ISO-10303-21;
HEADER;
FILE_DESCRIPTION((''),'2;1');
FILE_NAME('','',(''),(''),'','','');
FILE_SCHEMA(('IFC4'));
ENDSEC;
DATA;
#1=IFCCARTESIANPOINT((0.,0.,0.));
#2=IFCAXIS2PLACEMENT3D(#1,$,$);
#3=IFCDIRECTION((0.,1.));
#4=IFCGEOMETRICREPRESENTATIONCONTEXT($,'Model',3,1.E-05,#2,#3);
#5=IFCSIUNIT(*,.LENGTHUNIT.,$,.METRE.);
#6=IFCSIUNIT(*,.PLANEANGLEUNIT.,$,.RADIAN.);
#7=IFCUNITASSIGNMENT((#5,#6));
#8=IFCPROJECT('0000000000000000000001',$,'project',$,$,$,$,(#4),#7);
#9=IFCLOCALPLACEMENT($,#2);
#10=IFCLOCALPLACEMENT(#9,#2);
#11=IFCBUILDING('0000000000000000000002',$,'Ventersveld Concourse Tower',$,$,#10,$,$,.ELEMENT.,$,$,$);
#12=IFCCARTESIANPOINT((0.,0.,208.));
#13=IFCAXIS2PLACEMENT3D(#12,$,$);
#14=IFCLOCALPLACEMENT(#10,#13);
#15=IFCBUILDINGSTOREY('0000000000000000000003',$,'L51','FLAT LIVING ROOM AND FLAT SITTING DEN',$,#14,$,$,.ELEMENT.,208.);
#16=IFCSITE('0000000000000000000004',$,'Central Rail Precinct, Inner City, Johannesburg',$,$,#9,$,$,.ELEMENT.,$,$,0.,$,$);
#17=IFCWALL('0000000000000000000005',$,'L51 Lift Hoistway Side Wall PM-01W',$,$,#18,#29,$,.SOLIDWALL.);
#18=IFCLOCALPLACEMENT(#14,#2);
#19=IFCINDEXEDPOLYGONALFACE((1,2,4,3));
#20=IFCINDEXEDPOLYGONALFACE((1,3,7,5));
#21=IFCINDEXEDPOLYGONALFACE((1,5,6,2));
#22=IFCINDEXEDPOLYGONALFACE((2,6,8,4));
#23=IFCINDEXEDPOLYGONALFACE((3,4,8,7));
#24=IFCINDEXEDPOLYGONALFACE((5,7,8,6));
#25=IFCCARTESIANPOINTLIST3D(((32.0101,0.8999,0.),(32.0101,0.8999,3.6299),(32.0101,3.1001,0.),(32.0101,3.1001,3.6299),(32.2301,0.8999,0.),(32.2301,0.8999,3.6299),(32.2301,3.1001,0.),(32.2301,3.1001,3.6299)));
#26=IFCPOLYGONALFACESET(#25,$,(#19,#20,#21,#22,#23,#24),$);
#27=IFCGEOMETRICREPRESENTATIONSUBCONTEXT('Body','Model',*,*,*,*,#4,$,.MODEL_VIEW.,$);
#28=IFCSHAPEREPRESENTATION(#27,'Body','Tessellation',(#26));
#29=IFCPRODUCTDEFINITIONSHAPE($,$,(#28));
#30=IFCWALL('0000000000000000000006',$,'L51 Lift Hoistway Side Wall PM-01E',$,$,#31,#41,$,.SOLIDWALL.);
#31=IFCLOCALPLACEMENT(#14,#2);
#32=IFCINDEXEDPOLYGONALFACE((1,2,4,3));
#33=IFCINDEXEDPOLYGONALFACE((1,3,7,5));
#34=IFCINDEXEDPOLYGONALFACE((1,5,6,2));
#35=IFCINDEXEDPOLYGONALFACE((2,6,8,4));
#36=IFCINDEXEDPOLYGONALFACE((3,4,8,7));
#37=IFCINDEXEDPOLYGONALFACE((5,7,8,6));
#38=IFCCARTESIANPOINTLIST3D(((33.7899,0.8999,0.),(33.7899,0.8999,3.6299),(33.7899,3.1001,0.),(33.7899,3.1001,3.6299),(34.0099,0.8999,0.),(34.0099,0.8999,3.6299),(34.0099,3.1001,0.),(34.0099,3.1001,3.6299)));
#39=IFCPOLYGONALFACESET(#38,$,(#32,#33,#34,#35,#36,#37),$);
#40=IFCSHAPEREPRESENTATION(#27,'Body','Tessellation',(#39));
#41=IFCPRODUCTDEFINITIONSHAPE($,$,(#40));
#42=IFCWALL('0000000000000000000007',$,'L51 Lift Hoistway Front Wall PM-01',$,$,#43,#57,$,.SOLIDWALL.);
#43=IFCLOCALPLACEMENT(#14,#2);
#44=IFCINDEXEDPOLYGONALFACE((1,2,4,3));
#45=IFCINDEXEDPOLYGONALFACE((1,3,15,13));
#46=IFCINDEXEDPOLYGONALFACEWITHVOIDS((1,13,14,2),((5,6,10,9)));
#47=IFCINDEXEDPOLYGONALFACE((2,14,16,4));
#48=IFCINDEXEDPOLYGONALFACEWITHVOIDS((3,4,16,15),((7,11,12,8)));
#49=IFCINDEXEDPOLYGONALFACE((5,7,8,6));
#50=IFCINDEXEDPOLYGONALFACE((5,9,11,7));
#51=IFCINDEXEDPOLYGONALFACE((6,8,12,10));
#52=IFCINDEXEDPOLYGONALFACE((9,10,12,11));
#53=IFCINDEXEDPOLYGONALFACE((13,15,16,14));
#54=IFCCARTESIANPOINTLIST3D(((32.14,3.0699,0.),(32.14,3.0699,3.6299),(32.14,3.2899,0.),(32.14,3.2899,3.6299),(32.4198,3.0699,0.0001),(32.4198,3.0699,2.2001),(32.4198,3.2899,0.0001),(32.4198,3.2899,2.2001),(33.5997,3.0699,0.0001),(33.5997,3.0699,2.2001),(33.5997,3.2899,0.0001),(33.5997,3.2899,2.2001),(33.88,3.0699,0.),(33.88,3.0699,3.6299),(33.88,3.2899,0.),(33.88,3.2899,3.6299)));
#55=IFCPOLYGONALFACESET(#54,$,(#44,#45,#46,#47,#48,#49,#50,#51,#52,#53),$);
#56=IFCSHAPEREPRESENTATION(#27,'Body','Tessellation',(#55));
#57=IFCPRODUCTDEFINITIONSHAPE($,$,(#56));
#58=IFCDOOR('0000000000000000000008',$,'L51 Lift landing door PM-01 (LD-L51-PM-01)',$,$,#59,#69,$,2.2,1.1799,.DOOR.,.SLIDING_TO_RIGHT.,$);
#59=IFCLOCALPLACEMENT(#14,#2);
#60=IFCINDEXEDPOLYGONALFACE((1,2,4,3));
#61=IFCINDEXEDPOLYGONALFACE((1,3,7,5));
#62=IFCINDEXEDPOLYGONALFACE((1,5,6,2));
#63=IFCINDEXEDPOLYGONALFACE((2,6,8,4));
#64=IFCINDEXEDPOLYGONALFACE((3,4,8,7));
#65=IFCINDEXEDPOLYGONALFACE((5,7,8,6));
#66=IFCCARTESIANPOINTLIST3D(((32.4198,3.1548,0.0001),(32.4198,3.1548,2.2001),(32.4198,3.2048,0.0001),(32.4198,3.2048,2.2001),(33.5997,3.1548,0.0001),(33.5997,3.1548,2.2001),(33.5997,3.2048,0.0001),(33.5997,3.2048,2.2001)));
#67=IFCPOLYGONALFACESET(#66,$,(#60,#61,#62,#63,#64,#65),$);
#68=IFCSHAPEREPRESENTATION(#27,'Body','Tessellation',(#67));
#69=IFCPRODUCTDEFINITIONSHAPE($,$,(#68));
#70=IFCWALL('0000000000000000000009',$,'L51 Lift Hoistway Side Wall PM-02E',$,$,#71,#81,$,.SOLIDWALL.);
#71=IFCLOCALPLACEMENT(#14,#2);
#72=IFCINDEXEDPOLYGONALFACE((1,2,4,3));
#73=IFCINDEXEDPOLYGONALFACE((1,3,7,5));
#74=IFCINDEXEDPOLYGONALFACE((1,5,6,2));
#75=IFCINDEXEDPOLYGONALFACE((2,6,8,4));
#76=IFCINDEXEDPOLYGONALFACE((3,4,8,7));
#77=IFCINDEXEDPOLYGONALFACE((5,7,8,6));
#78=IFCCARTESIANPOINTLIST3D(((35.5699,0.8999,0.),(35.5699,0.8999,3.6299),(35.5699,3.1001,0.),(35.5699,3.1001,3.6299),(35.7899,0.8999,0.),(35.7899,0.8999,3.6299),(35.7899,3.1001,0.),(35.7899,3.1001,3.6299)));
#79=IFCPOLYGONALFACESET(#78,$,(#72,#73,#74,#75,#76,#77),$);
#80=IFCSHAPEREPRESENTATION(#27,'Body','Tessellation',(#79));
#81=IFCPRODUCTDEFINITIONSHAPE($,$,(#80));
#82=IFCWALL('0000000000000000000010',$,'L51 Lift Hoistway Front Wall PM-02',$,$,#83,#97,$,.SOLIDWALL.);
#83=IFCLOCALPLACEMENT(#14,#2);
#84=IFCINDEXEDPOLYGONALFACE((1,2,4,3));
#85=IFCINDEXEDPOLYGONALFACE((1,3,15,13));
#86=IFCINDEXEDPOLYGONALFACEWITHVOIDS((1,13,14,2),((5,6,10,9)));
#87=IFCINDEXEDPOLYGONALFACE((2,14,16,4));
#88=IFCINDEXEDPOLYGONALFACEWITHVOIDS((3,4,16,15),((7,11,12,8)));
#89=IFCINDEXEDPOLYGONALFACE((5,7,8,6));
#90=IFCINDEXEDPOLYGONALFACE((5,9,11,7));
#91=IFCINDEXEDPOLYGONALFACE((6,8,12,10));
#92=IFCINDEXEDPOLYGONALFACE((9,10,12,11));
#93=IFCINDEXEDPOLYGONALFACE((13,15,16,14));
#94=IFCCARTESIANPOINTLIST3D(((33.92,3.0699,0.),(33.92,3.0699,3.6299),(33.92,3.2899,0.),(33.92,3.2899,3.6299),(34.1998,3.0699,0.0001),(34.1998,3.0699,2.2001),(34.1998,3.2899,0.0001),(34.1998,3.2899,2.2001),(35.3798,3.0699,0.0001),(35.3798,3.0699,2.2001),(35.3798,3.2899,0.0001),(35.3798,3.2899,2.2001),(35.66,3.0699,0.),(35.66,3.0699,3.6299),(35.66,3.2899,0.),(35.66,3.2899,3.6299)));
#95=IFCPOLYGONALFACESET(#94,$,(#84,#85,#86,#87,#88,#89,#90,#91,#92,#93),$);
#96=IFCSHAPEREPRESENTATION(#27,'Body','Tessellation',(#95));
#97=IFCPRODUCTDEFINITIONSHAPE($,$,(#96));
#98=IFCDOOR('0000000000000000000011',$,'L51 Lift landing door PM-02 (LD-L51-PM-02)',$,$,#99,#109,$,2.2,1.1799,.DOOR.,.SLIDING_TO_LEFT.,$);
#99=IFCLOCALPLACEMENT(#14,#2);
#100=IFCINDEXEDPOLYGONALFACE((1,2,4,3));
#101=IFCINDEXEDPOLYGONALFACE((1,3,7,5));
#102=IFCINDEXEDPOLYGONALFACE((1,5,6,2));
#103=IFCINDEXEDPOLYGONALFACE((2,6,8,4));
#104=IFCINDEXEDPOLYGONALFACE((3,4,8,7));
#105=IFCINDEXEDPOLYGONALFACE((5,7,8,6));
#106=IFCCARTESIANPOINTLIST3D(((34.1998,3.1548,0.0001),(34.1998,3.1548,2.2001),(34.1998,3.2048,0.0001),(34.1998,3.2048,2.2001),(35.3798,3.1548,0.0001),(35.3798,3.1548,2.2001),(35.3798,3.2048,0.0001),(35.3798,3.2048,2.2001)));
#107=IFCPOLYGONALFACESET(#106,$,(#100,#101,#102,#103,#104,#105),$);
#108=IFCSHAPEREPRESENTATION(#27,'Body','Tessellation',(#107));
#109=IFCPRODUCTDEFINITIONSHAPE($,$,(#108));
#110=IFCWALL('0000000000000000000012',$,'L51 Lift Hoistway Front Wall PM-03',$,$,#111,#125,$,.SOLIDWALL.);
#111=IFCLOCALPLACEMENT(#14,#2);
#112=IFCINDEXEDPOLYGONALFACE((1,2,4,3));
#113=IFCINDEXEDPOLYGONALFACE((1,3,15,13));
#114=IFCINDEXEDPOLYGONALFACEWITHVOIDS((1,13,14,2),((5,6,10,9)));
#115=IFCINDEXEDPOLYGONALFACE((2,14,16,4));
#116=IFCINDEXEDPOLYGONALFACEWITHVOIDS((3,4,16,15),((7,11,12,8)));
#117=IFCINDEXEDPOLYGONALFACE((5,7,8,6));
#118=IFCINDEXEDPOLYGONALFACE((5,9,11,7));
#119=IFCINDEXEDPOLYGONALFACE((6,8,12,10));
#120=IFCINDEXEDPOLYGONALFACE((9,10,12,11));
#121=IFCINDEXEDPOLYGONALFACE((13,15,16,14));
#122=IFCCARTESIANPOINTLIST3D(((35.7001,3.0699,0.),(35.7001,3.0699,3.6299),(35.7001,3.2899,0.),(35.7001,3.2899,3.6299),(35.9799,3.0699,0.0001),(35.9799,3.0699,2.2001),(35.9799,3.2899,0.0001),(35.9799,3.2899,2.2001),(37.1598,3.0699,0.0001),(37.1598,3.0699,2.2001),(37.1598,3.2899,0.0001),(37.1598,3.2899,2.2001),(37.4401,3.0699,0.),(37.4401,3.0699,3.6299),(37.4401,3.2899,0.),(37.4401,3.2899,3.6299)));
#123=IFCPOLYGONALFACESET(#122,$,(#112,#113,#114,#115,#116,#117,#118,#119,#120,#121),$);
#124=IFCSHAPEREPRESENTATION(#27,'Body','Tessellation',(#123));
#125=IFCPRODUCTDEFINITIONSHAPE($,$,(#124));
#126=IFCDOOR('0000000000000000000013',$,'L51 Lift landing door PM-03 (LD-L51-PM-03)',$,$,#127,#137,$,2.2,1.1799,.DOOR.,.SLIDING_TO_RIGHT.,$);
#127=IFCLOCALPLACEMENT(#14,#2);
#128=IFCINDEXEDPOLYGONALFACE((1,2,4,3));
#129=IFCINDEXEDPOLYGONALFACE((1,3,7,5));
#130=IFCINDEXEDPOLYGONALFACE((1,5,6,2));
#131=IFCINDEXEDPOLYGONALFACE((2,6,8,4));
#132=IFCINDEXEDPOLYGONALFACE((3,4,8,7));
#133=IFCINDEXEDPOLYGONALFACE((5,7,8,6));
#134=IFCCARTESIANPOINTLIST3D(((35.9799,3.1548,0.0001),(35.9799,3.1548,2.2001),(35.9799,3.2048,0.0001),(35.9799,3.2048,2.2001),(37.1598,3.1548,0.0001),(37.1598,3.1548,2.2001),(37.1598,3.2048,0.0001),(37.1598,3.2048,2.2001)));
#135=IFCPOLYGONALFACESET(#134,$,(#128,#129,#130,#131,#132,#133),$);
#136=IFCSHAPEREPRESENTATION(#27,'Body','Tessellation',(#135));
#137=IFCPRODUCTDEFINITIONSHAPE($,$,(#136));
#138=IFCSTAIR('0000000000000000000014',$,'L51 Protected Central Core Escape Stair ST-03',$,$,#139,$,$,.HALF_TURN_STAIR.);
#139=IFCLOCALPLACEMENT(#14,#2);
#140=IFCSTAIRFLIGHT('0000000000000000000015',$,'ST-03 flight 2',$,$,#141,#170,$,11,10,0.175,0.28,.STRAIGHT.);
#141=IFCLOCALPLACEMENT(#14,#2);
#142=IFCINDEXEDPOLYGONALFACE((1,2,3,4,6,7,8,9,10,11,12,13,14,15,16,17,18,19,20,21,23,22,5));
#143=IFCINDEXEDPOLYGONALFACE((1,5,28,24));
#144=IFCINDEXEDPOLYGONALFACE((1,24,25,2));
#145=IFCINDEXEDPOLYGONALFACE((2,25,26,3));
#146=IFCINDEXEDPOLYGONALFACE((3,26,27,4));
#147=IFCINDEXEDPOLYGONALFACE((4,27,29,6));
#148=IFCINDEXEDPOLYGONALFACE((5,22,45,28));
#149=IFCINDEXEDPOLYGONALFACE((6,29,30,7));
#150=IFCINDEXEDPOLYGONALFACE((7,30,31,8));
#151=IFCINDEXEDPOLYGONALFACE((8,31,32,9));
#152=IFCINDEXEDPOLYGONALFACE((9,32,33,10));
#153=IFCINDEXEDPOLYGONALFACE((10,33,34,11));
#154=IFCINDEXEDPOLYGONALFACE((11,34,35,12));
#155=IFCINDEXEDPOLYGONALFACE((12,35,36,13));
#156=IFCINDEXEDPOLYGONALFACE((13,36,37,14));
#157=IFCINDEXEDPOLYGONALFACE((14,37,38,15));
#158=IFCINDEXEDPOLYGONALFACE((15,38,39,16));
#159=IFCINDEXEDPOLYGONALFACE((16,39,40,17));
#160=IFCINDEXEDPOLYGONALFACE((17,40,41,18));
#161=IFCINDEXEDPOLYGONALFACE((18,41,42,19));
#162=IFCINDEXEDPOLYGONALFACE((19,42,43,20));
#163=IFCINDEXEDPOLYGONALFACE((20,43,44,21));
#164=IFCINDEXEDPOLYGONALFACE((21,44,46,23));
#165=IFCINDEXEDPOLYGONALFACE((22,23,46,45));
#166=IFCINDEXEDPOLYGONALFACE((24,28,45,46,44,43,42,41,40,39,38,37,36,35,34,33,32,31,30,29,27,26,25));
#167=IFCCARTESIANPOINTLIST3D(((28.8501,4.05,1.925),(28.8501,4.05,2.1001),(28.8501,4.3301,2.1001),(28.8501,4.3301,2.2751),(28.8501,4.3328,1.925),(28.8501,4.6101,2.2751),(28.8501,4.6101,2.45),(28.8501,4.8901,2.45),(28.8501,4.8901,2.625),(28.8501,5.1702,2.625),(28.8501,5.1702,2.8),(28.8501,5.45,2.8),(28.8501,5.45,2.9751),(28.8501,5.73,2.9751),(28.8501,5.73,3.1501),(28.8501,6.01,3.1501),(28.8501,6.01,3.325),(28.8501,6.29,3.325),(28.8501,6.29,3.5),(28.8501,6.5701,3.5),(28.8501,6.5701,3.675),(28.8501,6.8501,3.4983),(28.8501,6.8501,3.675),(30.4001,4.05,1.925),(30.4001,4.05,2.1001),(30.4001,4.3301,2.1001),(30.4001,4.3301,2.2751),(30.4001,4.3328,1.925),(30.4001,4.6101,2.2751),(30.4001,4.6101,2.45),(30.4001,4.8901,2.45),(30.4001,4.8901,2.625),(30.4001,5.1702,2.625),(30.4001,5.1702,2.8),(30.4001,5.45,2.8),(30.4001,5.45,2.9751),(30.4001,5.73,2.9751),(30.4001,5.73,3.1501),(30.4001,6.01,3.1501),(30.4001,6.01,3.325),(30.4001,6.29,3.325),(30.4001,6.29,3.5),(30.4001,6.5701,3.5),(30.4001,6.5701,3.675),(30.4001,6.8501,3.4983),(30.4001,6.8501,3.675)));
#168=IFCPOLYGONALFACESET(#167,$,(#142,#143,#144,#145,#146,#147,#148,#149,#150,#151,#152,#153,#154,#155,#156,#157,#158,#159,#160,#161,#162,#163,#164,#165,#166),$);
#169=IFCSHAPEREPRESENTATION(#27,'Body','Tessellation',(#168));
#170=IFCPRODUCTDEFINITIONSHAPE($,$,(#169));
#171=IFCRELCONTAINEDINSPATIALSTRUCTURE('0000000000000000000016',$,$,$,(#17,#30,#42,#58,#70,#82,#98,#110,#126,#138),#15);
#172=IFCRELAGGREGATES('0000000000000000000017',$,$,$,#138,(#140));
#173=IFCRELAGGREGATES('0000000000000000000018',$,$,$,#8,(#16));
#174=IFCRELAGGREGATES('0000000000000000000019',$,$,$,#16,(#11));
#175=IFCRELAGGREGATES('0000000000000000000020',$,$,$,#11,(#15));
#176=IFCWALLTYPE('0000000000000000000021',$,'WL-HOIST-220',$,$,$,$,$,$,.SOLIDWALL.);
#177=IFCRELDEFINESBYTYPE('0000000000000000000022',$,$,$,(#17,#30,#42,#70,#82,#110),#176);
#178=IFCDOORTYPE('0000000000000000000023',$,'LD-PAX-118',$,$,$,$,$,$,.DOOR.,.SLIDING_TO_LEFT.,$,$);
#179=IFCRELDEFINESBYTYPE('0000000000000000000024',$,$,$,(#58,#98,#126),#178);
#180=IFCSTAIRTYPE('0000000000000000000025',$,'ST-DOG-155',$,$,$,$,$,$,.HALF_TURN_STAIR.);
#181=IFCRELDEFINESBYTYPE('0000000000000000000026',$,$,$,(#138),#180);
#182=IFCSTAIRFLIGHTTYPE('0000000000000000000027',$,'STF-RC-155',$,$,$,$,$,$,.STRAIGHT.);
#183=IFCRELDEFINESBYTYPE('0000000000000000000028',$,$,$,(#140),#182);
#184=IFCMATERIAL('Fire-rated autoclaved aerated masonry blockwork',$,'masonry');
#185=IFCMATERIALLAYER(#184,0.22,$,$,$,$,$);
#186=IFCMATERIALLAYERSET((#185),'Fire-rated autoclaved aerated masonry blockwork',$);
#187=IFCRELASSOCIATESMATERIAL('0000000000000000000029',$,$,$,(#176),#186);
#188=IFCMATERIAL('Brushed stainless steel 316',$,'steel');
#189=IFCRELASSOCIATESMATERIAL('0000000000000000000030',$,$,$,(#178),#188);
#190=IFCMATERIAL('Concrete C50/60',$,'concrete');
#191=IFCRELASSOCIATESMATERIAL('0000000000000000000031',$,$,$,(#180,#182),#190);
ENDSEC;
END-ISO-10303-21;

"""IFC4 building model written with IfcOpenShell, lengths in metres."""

from ifc_helpers import new_model, si_unit, direction, frame, frame_2d, origin, place, context, subcontext, project, spatial, polyline, rectangle, outline, extrude, material, layer, layer_set, type_object, element, fill, aggregate, save


model = new_model("IFC4")

# Units and contexts
model_context = context("Model", 3, precision=1e-05, world=origin(), true_north=direction((0.0, 1.0)))
body_context = subcontext(model_context, "Body", "Model", "MODEL_VIEW")
ifc_project = project(units=[si_unit("LENGTHUNIT", "METRE"), si_unit("PLANEANGLEUNIT", "RADIAN")], contexts=[model_context])

# Site, building, storey
site_placement = place(None, origin())
site = spatial("IfcSite", under=ifc_project, at=site_placement, Name="Central Rail Precinct, Inner City, Johannesburg", CompositionType="ELEMENT", RefElevation=0.0)
building_placement = place(site_placement, origin())
building = spatial("IfcBuilding", under=site, at=building_placement, Name="Ventersveld Concourse Tower", CompositionType="ELEMENT")
storey_placement = place(building_placement, frame((0.0, 0.0, 208.0)))
storey = spatial("IfcBuildingStorey", under=building, at=storey_placement, Name="L51", Description="FLAT LIVING ROOM AND FLAT SITTING DEN", CompositionType="ELEMENT", Elevation=208.0)

# Shared definitions
ifc_material_1 = material(Name="Concrete C50/60", Category="concrete")

# Walls
ifc_material_2 = material(Name="Fire-rated autoclaved aerated masonry blockwork", Category="masonry")
ifc_layer_1 = layer(ifc_material_2, 0.22)
ifc_layer_set_1 = layer_set([ifc_layer_1], Name="Fire-rated autoclaved aerated masonry blockwork")
wall_type_1 = type_object("IfcWallType", Name="WL-HOIST-220", PredefinedType="SOLIDWALL", material=ifc_layer_set_1)
for number, where, z_axis, x_axis, name in (
    (1, (32.1201, 0.8999, 0.0), (0.0, 0.0, 1.0), (0.0, 1.0, 0.0), "L51 Lift Hoistway Side Wall PM-01W"),
    (2, (33.8999, 0.8999, 0.0), (0.0, 0.0, 1.0), (0.0, 1.0, 0.0), "L51 Lift Hoistway Side Wall PM-01E"),
):
    element("IfcWall", number, at=place(storey_placement, frame(where, z_axis=z_axis, x_axis=x_axis)), inside=storey, type_object=wall_type_1, Name=name, PredefinedType="SOLIDWALL", context=body_context, shape_type="SweptSolid", body=[
        extrude(rectangle(XDim=2.2002, YDim=0.22, at=frame_2d((1.1001, 0.0))), origin(), (0.0, 0.0, 1.0), 3.6299),
    ])

# Wall, opening, door
wall_1_placement = place(storey_placement, frame((32.1399, 3.1799, 0.0), z_axis=(0.0, 0.0, 1.0), x_axis=(1.0, 0.0, 0.0)))
wall_1 = element("IfcWall", 3, at=wall_1_placement, inside=storey, type_object=wall_type_1, Name="L51 Lift Hoistway Front Wall PM-01", PredefinedType="SOLIDWALL", context=body_context, shape_type="SweptSolid", body=[
    extrude(rectangle(XDim=1.74, YDim=0.22, at=frame_2d((0.8701, 0.0))), origin(), (0.0, 0.0, 1.0), 3.6299),
])
opening_1_placement = place(wall_1_placement, frame((0.28, 0.0, 0.0)))
opening_1 = element("IfcOpeningElement", 4, at=opening_1_placement, cuts=wall_1, PredefinedType="OPENING", context=body_context, shape_type="SweptSolid", body=[
    extrude(rectangle(XDim=1.1799, YDim=2.2, at=frame_2d((0.5898, 1.1001))), frame((0.0, 0.1201, 0.0), z_axis=(0.0, -1.0, 0.0), x_axis=(1.0, 0.0, 0.0)), (0.0, 0.0, 1.0), 0.24),
])
ifc_material_3 = material(Name="Brushed stainless steel 316", Category="steel")
door_type = type_object("IfcDoorType", Name="LD-PAX-118", OperationType="SLIDING_TO_LEFT", PredefinedType="DOOR", material=ifc_material_3)
door_1_placement = place(opening_1_placement, origin())
door_1 = element("IfcDoor", 5, at=door_1_placement, inside=storey, type_object=door_type, Name="L51 Lift landing door PM-01 (LD-L51-PM-01)", OperationType="SLIDING_TO_RIGHT", OverallHeight=2.2, OverallWidth=1.1799, PredefinedType="DOOR", context=body_context, shape_type="SweptSolid", body=[
    extrude(rectangle(XDim=1.1799, YDim=2.2, at=frame_2d((0.5898, 1.1001))), frame((0.0, 0.0249, 0.0), z_axis=(0.0, -1.0, 0.0), x_axis=(1.0, 0.0, 0.0)), (0.0, 0.0, 1.0), 0.05),
])
fill(opening_1, door_1)

# Wall
wall_2_placement = place(storey_placement, frame((35.6799, 0.8999, 0.0), z_axis=(0.0, 0.0, 1.0), x_axis=(0.0, 1.0, 0.0)))
element("IfcWall", 6, at=wall_2_placement, inside=storey, type_object=wall_type_1, Name="L51 Lift Hoistway Side Wall PM-02E", PredefinedType="SOLIDWALL", context=body_context, shape_type="SweptSolid", body=[
    extrude(rectangle(XDim=2.2002, YDim=0.22, at=frame_2d((1.1001, 0.0))), origin(), (0.0, 0.0, 1.0), 3.6299),
])

# Walls, openings, doors
wall_3_placement = place(storey_placement, frame((33.9199, 3.1799, 0.0), z_axis=(0.0, 0.0, 1.0), x_axis=(1.0, 0.0, 0.0)))
wall_3 = element("IfcWall", 7, at=wall_3_placement, inside=storey, type_object=wall_type_1, Name="L51 Lift Hoistway Front Wall PM-02", PredefinedType="SOLIDWALL", context=body_context, shape_type="SweptSolid", body=[
    extrude(rectangle(XDim=1.74, YDim=0.22, at=frame_2d((0.8701, 0.0))), origin(), (0.0, 0.0, 1.0), 3.6299),
])
opening_2_placement = place(wall_3_placement, frame((0.28, 0.0, 0.0)))
opening_2 = element("IfcOpeningElement", 8, at=opening_2_placement, cuts=wall_3, PredefinedType="OPENING", context=body_context, shape_type="SweptSolid", body=[
    extrude(rectangle(XDim=1.1799, YDim=2.2, at=frame_2d((0.5898, 1.1001))), frame((0.0, 0.1201, 0.0), z_axis=(0.0, -1.0, 0.0), x_axis=(1.0, 0.0, 0.0)), (0.0, 0.0, 1.0), 0.24),
])
door_2_placement = place(opening_2_placement, origin())
door_2 = element("IfcDoor", 9, at=door_2_placement, inside=storey, type_object=door_type, Name="L51 Lift landing door PM-02 (LD-L51-PM-02)", OperationType="SLIDING_TO_LEFT", OverallHeight=2.2, OverallWidth=1.1799, PredefinedType="DOOR", context=body_context, shape_type="SweptSolid", body=[
    extrude(rectangle(XDim=1.1799, YDim=2.2, at=frame_2d((0.5898, 1.1001))), frame((0.0, 0.0249, 0.0), z_axis=(0.0, -1.0, 0.0), x_axis=(1.0, 0.0, 0.0)), (0.0, 0.0, 1.0), 0.05),
])
fill(opening_2, door_2)
wall_4_placement = place(storey_placement, frame((35.7, 3.1799, 0.0), z_axis=(0.0, 0.0, 1.0), x_axis=(1.0, 0.0, 0.0)))
wall_4 = element("IfcWall", 10, at=wall_4_placement, inside=storey, type_object=wall_type_1, Name="L51 Lift Hoistway Front Wall PM-03", PredefinedType="SOLIDWALL", context=body_context, shape_type="SweptSolid", body=[
    extrude(rectangle(XDim=1.74, YDim=0.22, at=frame_2d((0.8701, 0.0))), origin(), (0.0, 0.0, 1.0), 3.6299),
])
opening_3_placement = place(wall_4_placement, frame((0.28, 0.0, 0.0)))
opening_3 = element("IfcOpeningElement", 11, at=opening_3_placement, cuts=wall_4, PredefinedType="OPENING", context=body_context, shape_type="SweptSolid", body=[
    extrude(rectangle(XDim=1.1799, YDim=2.2, at=frame_2d((0.5898, 1.1001))), frame((0.0, 0.1201, 0.0), z_axis=(0.0, -1.0, 0.0), x_axis=(1.0, 0.0, 0.0)), (0.0, 0.0, 1.0), 0.24),
])
door_3_placement = place(opening_3_placement, origin())
door_3 = element("IfcDoor", 12, at=door_3_placement, inside=storey, type_object=door_type, Name="L51 Lift landing door PM-03 (LD-L51-PM-03)", OperationType="SLIDING_TO_RIGHT", OverallHeight=2.2, OverallWidth=1.1799, PredefinedType="DOOR", context=body_context, shape_type="SweptSolid", body=[
    extrude(rectangle(XDim=1.1799, YDim=2.2, at=frame_2d((0.5898, 1.1001))), frame((0.0, 0.0249, 0.0), z_axis=(0.0, -1.0, 0.0), x_axis=(1.0, 0.0, 0.0)), (0.0, 0.0, 1.0), 0.05),
])
fill(opening_3, door_3)

# Stair, stair flight
stair_type = type_object("IfcStairType", Name="ST-DOG-155", PredefinedType="HALF_TURN_STAIR", material=ifc_material_1)
stair_placement = place(storey_placement, origin())
stair = element("IfcStair", 13, at=stair_placement, inside=storey, type_object=stair_type, Name="L51 Protected Central Core Escape Stair ST-03", PredefinedType="HALF_TURN_STAIR")
stair_flight_type = type_object("IfcStairFlightType", Name="STF-RC-155", PredefinedType="STRAIGHT", material=ifc_material_1)
stair_flight_placement = place(storey_placement, frame((29.625, 4.05, 1.925), z_axis=(0.0, 0.0, 1.0), x_axis=(0.0, 1.0, 0.0)))
stair_flight = element("IfcStairFlight", 14, at=stair_flight_placement, type_object=stair_flight_type, Name="ST-03 flight 2", NumberOfRisers=11, NumberOfTreads=10, PredefinedType="STRAIGHT", RiserHeight=0.175, TreadLength=0.28, context=body_context, shape_type="SweptSolid", body=[
    extrude(outline(polyline([(0.0, 0.0), (0.0, 0.175), (0.28, 0.175), (0.28, 0.3501), (0.5601, 0.3501), (0.5601, 0.5249), (0.8401, 0.5249), (0.8401, 0.7), (1.1201, 0.7), (1.1201, 0.875), (1.3999, 0.875), (1.3999, 1.05), (1.6799, 1.05), (1.6799, 1.2251), (1.96, 1.2251), (1.96, 1.3999), (2.24, 1.3999), (2.24, 1.575), (2.52, 1.575), (2.52, 1.75), (2.8, 1.75), (2.8, 1.925), (2.8, 1.5732), (0.2827, 0.0), (0.0, 0.0)])), frame((0.0, 0.7749, 0.0), z_axis=(0.0, -1.0, 0.0), x_axis=(1.0, 0.0, 0.0)), (0.0, 0.0, 1.0), 1.55),
])
aggregate(stair, [stair_flight])

save(model, "model.ifc")
